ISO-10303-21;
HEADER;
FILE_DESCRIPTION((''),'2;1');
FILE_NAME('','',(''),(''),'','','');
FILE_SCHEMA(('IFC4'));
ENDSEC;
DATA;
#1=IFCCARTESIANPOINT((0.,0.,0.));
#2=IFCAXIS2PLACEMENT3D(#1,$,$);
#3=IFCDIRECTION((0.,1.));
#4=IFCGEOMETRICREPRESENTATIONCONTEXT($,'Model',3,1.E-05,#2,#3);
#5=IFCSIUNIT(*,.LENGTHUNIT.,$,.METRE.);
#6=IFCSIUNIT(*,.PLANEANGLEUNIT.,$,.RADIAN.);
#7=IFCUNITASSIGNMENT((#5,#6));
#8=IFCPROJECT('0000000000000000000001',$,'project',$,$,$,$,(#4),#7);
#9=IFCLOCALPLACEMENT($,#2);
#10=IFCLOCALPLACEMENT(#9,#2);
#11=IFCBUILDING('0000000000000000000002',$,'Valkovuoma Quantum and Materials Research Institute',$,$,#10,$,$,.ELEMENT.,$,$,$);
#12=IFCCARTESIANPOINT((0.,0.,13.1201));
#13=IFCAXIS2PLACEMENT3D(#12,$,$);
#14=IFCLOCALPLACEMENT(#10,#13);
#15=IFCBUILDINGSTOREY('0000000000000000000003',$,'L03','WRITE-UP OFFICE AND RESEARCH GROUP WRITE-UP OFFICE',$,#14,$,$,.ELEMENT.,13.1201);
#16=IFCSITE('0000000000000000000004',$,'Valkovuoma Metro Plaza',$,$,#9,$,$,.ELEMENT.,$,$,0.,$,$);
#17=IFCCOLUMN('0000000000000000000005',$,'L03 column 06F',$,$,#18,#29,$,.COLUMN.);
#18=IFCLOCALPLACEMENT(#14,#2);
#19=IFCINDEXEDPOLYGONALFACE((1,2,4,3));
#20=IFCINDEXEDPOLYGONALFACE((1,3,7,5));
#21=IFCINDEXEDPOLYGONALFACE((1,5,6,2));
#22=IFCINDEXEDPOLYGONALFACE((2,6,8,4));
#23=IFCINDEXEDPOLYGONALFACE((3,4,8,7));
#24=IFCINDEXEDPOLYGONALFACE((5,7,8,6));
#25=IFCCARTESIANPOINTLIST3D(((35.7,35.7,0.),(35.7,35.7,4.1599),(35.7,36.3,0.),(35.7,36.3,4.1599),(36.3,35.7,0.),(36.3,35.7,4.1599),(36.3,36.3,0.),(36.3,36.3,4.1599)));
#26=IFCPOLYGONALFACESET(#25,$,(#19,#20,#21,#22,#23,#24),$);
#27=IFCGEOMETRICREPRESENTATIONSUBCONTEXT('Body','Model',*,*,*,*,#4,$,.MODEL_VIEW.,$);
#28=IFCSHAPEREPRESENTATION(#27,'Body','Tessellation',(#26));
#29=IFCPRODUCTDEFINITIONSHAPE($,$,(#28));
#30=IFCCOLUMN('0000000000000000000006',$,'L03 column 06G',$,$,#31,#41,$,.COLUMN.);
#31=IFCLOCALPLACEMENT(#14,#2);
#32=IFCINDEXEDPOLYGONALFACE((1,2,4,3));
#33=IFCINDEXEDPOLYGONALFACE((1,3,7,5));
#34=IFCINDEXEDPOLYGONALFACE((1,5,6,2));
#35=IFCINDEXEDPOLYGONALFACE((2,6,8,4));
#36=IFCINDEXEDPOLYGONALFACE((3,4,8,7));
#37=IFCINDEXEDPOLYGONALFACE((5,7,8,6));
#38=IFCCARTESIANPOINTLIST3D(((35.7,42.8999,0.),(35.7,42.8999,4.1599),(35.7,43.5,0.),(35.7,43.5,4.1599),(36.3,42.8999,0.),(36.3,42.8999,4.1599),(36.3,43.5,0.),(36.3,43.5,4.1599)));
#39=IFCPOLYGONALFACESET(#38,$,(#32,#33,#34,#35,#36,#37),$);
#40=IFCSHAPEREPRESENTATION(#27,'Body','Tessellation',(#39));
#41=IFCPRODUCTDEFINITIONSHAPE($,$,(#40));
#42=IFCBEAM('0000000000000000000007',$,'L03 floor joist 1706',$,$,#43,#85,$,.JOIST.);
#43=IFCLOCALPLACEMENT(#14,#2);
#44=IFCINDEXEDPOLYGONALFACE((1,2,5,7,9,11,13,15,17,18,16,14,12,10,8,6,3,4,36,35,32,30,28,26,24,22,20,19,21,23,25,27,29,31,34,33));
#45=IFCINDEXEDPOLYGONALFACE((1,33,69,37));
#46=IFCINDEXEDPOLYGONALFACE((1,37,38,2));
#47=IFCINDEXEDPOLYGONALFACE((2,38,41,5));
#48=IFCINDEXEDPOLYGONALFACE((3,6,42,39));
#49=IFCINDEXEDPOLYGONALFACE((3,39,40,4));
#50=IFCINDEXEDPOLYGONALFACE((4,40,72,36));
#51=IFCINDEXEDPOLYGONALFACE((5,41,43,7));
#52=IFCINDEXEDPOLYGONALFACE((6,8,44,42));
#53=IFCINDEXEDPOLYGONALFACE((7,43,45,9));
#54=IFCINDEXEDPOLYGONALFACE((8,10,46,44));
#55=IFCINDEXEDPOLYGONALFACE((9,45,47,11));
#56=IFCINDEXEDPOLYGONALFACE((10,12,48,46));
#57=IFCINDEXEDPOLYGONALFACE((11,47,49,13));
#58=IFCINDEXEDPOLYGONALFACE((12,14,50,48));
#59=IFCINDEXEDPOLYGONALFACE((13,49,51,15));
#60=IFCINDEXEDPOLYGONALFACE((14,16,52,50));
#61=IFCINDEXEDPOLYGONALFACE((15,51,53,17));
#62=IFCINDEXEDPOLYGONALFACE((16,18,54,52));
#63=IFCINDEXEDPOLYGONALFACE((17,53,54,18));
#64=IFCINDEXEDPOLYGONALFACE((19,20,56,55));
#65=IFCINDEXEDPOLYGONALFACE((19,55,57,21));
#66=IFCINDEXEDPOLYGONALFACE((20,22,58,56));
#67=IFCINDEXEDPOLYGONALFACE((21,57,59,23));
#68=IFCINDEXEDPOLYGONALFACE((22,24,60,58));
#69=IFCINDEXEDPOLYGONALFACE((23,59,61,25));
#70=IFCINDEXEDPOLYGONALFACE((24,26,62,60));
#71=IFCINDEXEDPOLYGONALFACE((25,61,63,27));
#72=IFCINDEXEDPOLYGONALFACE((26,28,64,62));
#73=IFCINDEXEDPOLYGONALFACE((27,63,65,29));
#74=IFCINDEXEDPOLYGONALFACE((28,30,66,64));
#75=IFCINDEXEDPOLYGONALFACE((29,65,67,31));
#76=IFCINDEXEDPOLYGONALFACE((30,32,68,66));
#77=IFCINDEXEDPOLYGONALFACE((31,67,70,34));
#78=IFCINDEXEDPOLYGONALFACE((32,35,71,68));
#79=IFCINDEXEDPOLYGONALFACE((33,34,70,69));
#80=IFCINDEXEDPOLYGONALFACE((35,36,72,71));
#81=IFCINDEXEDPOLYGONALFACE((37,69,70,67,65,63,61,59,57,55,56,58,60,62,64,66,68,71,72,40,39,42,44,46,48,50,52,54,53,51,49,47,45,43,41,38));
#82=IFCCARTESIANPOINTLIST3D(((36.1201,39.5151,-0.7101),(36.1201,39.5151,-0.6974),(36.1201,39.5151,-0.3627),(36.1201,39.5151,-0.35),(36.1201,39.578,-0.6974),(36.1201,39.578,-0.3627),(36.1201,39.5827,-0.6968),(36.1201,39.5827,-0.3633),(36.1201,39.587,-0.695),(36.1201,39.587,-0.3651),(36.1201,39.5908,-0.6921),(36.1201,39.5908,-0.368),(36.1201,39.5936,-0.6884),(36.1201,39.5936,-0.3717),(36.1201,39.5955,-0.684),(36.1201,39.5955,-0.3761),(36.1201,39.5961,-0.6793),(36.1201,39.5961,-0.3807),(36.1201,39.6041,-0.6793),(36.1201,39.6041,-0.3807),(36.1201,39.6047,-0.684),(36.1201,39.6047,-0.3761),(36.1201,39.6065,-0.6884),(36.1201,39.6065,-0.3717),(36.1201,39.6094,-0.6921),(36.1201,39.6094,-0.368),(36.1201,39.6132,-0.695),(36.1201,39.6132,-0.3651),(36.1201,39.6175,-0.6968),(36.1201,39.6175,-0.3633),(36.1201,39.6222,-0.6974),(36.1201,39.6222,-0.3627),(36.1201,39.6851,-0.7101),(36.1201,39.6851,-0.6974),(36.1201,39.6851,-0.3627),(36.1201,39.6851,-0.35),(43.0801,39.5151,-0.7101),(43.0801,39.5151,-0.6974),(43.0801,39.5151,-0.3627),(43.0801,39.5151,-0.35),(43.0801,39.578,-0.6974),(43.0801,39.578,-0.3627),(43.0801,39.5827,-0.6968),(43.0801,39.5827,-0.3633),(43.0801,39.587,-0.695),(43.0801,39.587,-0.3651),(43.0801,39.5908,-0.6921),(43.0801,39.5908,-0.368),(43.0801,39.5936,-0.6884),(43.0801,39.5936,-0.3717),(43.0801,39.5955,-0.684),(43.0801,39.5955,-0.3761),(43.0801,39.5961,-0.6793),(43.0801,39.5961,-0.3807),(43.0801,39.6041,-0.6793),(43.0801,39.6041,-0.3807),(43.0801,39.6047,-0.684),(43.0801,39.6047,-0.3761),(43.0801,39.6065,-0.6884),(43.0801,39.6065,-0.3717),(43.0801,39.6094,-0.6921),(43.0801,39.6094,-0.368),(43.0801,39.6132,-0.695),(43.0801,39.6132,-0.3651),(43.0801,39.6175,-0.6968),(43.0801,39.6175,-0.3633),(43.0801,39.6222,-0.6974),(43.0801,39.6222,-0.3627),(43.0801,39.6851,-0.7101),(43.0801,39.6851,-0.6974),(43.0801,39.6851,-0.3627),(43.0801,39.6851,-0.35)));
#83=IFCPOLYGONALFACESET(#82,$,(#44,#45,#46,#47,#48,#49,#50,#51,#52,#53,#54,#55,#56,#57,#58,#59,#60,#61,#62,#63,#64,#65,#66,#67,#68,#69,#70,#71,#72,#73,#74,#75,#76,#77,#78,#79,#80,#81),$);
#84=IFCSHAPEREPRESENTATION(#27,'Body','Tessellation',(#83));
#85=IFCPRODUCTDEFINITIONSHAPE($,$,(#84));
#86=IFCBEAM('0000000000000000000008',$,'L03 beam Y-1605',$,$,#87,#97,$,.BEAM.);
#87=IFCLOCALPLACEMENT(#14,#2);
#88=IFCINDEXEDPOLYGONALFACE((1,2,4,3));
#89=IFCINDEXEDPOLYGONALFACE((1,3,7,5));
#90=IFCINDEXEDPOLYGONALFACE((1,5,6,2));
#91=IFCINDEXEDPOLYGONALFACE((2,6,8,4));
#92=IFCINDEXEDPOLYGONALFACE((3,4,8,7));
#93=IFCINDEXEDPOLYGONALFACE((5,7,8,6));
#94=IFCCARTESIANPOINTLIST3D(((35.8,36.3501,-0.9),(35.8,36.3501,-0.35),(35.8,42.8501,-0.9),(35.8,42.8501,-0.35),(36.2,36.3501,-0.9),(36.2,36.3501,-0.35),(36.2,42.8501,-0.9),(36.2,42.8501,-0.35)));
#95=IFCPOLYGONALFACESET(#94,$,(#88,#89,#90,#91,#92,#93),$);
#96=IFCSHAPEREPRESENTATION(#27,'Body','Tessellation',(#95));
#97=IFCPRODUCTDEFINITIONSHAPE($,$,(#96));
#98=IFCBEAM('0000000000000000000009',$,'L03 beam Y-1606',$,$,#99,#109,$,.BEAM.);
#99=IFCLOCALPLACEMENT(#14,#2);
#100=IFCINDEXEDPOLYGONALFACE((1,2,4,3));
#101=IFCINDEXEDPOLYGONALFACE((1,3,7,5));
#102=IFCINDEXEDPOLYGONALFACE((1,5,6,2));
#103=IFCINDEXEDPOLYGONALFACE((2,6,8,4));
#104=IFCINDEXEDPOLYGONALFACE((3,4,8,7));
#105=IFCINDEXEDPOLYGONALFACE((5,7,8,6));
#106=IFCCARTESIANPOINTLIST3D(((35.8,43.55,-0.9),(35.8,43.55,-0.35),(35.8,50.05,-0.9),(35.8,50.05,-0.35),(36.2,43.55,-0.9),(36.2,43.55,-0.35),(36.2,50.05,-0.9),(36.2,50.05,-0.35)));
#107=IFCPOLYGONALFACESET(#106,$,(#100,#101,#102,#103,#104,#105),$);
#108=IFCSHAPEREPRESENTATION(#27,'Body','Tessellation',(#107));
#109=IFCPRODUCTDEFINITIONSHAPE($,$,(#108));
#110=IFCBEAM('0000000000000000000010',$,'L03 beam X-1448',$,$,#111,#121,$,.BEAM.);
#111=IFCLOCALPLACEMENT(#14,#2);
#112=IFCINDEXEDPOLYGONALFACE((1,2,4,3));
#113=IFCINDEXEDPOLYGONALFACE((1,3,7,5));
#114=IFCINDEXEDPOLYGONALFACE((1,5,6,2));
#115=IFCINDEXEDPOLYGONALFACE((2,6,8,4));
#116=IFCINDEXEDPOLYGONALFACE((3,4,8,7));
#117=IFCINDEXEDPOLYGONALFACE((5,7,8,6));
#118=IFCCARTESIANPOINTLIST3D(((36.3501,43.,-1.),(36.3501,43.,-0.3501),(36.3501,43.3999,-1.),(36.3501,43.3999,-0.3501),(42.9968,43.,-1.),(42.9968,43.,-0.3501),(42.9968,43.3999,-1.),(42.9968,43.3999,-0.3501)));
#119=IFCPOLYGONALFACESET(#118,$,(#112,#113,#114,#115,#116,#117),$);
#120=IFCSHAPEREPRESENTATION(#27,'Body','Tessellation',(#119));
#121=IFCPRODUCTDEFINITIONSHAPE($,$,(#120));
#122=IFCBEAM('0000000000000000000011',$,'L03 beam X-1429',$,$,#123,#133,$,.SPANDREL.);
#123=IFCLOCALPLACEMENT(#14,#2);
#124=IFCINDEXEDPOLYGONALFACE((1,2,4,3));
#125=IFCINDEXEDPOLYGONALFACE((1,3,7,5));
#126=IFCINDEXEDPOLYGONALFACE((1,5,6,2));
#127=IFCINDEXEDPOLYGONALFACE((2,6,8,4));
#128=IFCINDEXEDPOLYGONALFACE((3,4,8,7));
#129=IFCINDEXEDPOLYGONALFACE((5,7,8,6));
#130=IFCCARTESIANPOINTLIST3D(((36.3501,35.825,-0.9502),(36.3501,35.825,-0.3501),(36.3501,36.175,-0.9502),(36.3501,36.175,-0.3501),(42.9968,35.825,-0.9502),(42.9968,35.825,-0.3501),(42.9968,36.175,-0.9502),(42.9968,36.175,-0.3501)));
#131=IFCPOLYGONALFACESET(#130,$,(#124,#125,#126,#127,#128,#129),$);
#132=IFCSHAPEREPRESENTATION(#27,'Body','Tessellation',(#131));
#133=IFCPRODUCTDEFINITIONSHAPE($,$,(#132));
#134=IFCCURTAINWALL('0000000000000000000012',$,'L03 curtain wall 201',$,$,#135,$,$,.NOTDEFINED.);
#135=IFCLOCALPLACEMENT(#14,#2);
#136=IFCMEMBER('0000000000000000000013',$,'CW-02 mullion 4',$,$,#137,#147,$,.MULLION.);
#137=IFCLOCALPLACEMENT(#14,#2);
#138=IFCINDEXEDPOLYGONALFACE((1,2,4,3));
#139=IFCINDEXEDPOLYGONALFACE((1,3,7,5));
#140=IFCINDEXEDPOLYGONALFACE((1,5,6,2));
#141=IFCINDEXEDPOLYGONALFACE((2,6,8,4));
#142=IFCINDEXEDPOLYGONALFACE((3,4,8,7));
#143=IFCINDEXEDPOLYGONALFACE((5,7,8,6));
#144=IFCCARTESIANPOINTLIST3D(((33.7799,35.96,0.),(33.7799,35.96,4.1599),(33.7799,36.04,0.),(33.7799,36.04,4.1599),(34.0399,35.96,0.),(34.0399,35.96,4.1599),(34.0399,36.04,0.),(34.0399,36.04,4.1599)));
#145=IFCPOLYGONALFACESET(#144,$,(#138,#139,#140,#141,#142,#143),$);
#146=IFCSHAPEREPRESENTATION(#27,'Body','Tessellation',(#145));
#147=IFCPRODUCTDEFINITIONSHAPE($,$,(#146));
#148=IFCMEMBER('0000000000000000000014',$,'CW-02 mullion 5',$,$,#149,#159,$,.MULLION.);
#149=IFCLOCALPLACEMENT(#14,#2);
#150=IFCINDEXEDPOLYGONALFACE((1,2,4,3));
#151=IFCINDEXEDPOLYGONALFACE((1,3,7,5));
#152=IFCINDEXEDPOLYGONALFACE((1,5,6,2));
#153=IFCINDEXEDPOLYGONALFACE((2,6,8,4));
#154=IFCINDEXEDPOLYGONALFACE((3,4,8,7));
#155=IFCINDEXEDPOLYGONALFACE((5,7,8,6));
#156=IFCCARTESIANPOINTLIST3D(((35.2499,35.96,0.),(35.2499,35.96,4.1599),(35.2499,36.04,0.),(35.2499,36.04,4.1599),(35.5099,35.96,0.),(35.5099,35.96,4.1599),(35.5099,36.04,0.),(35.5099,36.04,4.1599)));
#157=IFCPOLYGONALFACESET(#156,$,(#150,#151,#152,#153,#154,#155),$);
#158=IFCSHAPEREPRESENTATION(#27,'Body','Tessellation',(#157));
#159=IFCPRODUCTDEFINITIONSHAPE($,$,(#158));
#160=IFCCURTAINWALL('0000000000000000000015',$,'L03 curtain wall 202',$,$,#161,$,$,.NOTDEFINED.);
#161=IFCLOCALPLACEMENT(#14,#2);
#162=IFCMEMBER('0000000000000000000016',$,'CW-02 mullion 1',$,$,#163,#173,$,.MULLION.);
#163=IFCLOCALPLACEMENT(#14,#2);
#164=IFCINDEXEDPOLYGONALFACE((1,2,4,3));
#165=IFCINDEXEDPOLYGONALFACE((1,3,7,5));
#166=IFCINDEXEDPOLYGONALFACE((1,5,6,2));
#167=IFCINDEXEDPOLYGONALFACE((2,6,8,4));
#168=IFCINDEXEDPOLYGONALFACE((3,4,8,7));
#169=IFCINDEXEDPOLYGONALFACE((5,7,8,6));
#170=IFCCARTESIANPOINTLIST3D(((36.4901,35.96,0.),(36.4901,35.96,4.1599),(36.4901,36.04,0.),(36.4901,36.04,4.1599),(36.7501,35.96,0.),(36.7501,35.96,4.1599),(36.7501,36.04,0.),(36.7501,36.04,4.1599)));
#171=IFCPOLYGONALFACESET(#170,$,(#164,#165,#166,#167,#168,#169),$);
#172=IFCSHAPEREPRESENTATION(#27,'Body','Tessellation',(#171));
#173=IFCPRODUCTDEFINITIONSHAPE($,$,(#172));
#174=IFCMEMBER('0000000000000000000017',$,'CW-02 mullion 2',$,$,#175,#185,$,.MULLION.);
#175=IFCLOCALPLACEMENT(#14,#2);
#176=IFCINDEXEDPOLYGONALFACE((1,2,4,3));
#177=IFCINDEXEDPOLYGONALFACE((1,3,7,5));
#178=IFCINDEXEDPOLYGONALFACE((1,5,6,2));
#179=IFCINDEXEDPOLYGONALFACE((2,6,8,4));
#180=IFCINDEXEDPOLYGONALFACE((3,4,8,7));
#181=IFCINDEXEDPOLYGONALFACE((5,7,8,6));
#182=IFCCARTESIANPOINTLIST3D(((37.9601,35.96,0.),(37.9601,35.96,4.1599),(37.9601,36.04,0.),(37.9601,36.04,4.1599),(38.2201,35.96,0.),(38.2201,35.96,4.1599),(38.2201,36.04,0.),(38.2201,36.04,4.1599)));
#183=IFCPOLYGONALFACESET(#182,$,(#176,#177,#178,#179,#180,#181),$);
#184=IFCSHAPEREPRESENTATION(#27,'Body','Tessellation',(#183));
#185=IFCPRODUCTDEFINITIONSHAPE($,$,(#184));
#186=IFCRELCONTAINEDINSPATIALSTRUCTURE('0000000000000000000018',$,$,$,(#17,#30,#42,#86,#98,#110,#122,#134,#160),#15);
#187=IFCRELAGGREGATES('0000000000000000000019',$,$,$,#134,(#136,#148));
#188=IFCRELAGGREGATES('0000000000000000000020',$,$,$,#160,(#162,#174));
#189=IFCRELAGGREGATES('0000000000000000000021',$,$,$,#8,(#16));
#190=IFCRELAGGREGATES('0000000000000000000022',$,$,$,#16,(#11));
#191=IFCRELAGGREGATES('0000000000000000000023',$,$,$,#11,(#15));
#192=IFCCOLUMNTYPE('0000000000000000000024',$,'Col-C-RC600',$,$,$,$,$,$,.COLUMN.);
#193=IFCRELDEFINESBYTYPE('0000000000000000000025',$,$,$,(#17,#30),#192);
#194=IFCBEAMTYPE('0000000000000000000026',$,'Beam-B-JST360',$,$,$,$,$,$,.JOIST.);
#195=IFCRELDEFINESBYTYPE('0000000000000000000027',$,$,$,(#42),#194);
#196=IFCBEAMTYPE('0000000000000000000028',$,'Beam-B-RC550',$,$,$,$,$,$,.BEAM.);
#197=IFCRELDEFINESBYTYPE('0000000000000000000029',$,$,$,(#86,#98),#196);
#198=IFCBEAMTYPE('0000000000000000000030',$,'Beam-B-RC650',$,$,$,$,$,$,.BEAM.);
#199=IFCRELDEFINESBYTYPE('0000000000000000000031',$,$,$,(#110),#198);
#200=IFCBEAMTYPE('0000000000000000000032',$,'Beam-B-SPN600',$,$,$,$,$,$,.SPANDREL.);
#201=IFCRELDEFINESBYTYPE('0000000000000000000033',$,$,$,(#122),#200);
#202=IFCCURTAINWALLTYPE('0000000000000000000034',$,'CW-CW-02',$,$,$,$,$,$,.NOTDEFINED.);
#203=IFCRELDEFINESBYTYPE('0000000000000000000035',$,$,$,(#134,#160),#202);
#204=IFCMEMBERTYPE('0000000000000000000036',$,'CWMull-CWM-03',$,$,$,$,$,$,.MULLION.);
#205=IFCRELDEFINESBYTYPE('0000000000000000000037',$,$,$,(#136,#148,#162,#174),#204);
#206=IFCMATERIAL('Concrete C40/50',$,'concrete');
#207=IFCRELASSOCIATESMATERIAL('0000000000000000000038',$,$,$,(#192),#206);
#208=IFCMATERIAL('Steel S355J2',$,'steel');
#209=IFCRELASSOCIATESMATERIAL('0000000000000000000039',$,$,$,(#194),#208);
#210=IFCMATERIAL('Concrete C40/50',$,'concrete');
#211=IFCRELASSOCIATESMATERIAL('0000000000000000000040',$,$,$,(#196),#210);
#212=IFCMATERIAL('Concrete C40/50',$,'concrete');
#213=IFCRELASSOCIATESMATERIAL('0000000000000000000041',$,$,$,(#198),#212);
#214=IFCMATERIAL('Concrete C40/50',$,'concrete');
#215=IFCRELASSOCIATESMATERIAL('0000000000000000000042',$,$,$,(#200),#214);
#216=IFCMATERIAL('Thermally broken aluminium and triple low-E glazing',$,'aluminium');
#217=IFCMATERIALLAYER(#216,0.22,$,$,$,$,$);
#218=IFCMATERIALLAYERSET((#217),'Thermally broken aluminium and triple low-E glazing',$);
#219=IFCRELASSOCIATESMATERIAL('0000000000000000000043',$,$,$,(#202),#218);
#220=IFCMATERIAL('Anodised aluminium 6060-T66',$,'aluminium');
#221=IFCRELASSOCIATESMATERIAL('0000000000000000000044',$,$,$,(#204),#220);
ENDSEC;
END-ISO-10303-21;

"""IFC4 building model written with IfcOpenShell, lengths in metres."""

from ifc_helpers import new_model, si_unit, direction, frame, origin, origin_2d, place, context, subcontext, project, spatial, rectangle, i_section, extrude, material, layer, layer_set, material_profile, profile_set, type_object, element, aggregate, save


model = new_model("IFC4")

# Units and contexts
model_context = context("Model", 3, precision=1e-05, world=origin(), true_north=direction((0.0, 1.0)))
body_context = subcontext(model_context, "Body", "Model", "MODEL_VIEW")
ifc_project = project(units=[si_unit("LENGTHUNIT", "METRE"), si_unit("PLANEANGLEUNIT", "RADIAN")], contexts=[model_context])

# Site, building, storey
site_placement = place(None, origin())
site = spatial("IfcSite", under=ifc_project, at=site_placement, Name="Valkovuoma Metro Plaza", CompositionType="ELEMENT", RefElevation=0.0)
building_placement = place(site_placement, origin())
building = spatial("IfcBuilding", under=site, at=building_placement, Name="Valkovuoma Quantum and Materials Research Institute", CompositionType="ELEMENT")
storey_placement = place(building_placement, frame((0.0, 0.0, 13.1201)))
storey = spatial("IfcBuildingStorey", under=building, at=storey_placement, Name="L03", Description="WRITE-UP OFFICE AND RESEARCH GROUP WRITE-UP OFFICE", CompositionType="ELEMENT", Elevation=13.1201)

# Columns
ifc_material_1 = material(Name="Concrete C40/50", Category="concrete")
ifc_material_profile_1 = material_profile(ifc_material_1, rectangle(XDim=0.6001, YDim=0.6001, at=origin_2d()), Name="Concrete C40/50")
ifc_profile_set_1 = profile_set([ifc_material_profile_1], Name="Concrete C40/50")
column_type = type_object("IfcColumnType", Name="Col-C-RC600", PredefinedType="COLUMN", material=ifc_profile_set_1)
for number, where, z_axis, x_axis, name in (
    (1, (36.0, 36.0, 0.0), (0.0, 0.0, 1.0), (1.0, 0.0, 0.0), "L03 column 06F"),
    (2, (36.0, 43.2, 0.0), (0.0, 0.0, 1.0), (1.0, 0.0, 0.0), "L03 column 06G"),
):
    element("IfcColumn", number, at=place(storey_placement, frame(where, z_axis=z_axis, x_axis=x_axis)), inside=storey, type_object=column_type, Name=name, PredefinedType="COLUMN", context=body_context, shape_type="SweptSolid", body=[
        extrude(rectangle(XDim=0.6001, YDim=0.6001, at=origin_2d()), origin(), (0.0, 0.0, 1.0), 4.1599),
    ])

# Beams
ifc_material_2 = material(Name="Steel S355J2", Category="steel")
ifc_material_profile_2 = material_profile(ifc_material_2, i_section(OverallWidth=0.1699, OverallDepth=0.3601, WebThickness=0.0081, FlangeThickness=0.0127, FilletRadius=0.0181, at=origin_2d()), Name="Steel S355J2")
ifc_profile_set_2 = profile_set([ifc_material_profile_2], Name="Steel S355J2")
beam_type_1 = type_object("IfcBeamType", Name="Beam-B-JST360", PredefinedType="JOIST", material=ifc_profile_set_2)
beam_1_placement = place(storey_placement, frame((36.1201, 39.6001, -0.53), z_axis=(1.0, 0.0, 0.0), x_axis=(0.0, 1.0, 0.0)))
element("IfcBeam", 3, at=beam_1_placement, inside=storey, type_object=beam_type_1, Name="L03 floor joist 1706", PredefinedType="JOIST", context=body_context, shape_type="SweptSolid", body=[
    extrude(i_section(OverallWidth=0.1699, OverallDepth=0.3601, WebThickness=0.0081, FlangeThickness=0.0127, FilletRadius=0.0181, at=origin_2d()), origin(), (0.0, 0.0, 1.0), 6.96),
])
ifc_material_3 = material(Name="Concrete C40/50", Category="concrete")
ifc_material_profile_3 = material_profile(ifc_material_3, rectangle(XDim=0.3999, YDim=0.55, at=origin_2d()), Name="Concrete C40/50")
ifc_profile_set_3 = profile_set([ifc_material_profile_3], Name="Concrete C40/50")
beam_type_2 = type_object("IfcBeamType", Name="Beam-B-RC550", PredefinedType="BEAM", material=ifc_profile_set_3)
for number, where, z_axis, x_axis, name in (
    (4, (36.0, 36.3501, -0.625), (0.0, 1.0, 0.0), (-1.0, 0.0, 0.0), "L03 beam Y-1605"),
    (5, (36.0, 43.55, -0.625), (0.0, 1.0, 0.0), (-1.0, 0.0, 0.0), "L03 beam Y-1606"),
):
    element("IfcBeam", number, at=place(storey_placement, frame(where, z_axis=z_axis, x_axis=x_axis)), inside=storey, type_object=beam_type_2, Name=name, PredefinedType="BEAM", context=body_context, shape_type="SweptSolid", body=[
        extrude(rectangle(XDim=0.3999, YDim=0.55, at=origin_2d()), origin(), (0.0, 0.0, 1.0), 6.5),
    ])
ifc_material_4 = material(Name="Concrete C40/50", Category="concrete")
ifc_material_profile_4 = material_profile(ifc_material_4, rectangle(XDim=0.3999, YDim=0.6499, at=origin_2d()), Name="Concrete C40/50")
ifc_profile_set_4 = profile_set([ifc_material_profile_4], Name="Concrete C40/50")
beam_type_3 = type_object("IfcBeamType", Name="Beam-B-RC650", PredefinedType="BEAM", material=ifc_profile_set_4)
beam_2_placement = place(storey_placement, frame((36.3501, 43.2, -0.675), z_axis=(1.0, 0.0, 0.0), x_axis=(0.0, 1.0, 0.0)))
element("IfcBeam", 6, at=beam_2_placement, inside=storey, type_object=beam_type_3, Name="L03 beam X-1448", PredefinedType="BEAM", context=body_context, shape_type="SweptSolid", body=[
    extrude(rectangle(XDim=0.3999, YDim=0.6499, at=origin_2d()), origin(), (0.0, 0.0, 1.0), 6.6467),
])
ifc_material_5 = material(Name="Concrete C40/50", Category="concrete")
ifc_material_profile_5 = material_profile(ifc_material_5, rectangle(XDim=0.3501, YDim=0.6001, at=origin_2d()), Name="Concrete C40/50")
ifc_profile_set_5 = profile_set([ifc_material_profile_5], Name="Concrete C40/50")
beam_type_4 = type_object("IfcBeamType", Name="Beam-B-SPN600", PredefinedType="SPANDREL", material=ifc_profile_set_5)
beam_3_placement = place(storey_placement, frame((36.3501, 36.0, -0.6501), z_axis=(1.0, 0.0, 0.0), x_axis=(0.0, 1.0, 0.0)))
element("IfcBeam", 7, at=beam_3_placement, inside=storey, type_object=beam_type_4, Name="L03 beam X-1429", PredefinedType="SPANDREL", context=body_context, shape_type="SweptSolid", body=[
    extrude(rectangle(XDim=0.3501, YDim=0.6001, at=origin_2d()), origin(), (0.0, 0.0, 1.0), 6.6467),
])

# Curtain walls, members
ifc_material_6 = material(Name="Thermally broken aluminium and triple low-E glazing", Category="aluminium")
ifc_layer_1 = layer(ifc_material_6, 0.22)
ifc_layer_set_1 = layer_set([ifc_layer_1], Name="Thermally broken aluminium and triple low-E glazing")
curtain_wall_type = type_object("IfcCurtainWallType", Name="CW-CW-02", PredefinedType="NOTDEFINED", material=ifc_layer_set_1)
curtain_wall_1_placement = place(storey_placement, origin())
curtain_wall_1 = element("IfcCurtainWall", 8, at=curtain_wall_1_placement, inside=storey, type_object=curtain_wall_type, Name="L03 curtain wall 201", PredefinedType="NOTDEFINED")
ifc_material_7 = material(Name="Anodised aluminium 6060-T66", Category="aluminium")
ifc_material_profile_6 = material_profile(ifc_material_7, rectangle(XDim=0.0801, YDim=0.26, at=origin_2d()), Name="Anodised aluminium 6060-T66")
ifc_profile_set_6 = profile_set([ifc_material_profile_6], Name="Anodised aluminium 6060-T66")
member_type_1 = type_object("IfcMemberType", Name="CWMull-CWM-03", PredefinedType="MULLION", material=ifc_profile_set_6)
member_1_placement = place(storey_placement, frame((33.9099, 36.0, 0.0), z_axis=(0.0, 0.0, 1.0), x_axis=(0.0, 1.0, 0.0)))
member_1 = element("IfcMember", 9, at=member_1_placement, type_object=member_type_1, Name="CW-02 mullion 4", PredefinedType="MULLION", context=body_context, shape_type="SweptSolid", body=[
    extrude(rectangle(XDim=0.0801, YDim=0.26, at=origin_2d()), origin(), (0.0, 0.0, 1.0), 4.1599),
])
member_2_placement = place(storey_placement, frame((35.3799, 36.0, 0.0), z_axis=(0.0, 0.0, 1.0), x_axis=(0.0, 1.0, 0.0)))
member_2 = element("IfcMember", 10, at=member_2_placement, type_object=member_type_1, Name="CW-02 mullion 5", PredefinedType="MULLION", context=body_context, shape_type="SweptSolid", body=[
    extrude(rectangle(XDim=0.0801, YDim=0.26, at=origin_2d()), origin(), (0.0, 0.0, 1.0), 4.1599),
])
curtain_wall_2_placement = place(storey_placement, origin())
curtain_wall_2 = element("IfcCurtainWall", 11, at=curtain_wall_2_placement, inside=storey, type_object=curtain_wall_type, Name="L03 curtain wall 202", PredefinedType="NOTDEFINED")
member_3_placement = place(storey_placement, frame((36.6201, 36.0, 0.0), z_axis=(0.0, 0.0, 1.0), x_axis=(0.0, 1.0, 0.0)))
member_3 = element("IfcMember", 12, at=member_3_placement, type_object=member_type_1, Name="CW-02 mullion 1", PredefinedType="MULLION", context=body_context, shape_type="SweptSolid", body=[
    extrude(rectangle(XDim=0.0801, YDim=0.26, at=origin_2d()), origin(), (0.0, 0.0, 1.0), 4.1599),
])
member_4_placement = place(storey_placement, frame((38.0901, 36.0, 0.0), z_axis=(0.0, 0.0, 1.0), x_axis=(0.0, 1.0, 0.0)))
member_4 = element("IfcMember", 13, at=member_4_placement, type_object=member_type_1, Name="CW-02 mullion 2", PredefinedType="MULLION", context=body_context, shape_type="SweptSolid", body=[
    extrude(rectangle(XDim=0.0801, YDim=0.26, at=origin_2d()), origin(), (0.0, 0.0, 1.0), 4.1599),
])

aggregate(curtain_wall_1, [member_1, member_2])
aggregate(curtain_wall_2, [member_3, member_4])

save(model, "model.ifc")
